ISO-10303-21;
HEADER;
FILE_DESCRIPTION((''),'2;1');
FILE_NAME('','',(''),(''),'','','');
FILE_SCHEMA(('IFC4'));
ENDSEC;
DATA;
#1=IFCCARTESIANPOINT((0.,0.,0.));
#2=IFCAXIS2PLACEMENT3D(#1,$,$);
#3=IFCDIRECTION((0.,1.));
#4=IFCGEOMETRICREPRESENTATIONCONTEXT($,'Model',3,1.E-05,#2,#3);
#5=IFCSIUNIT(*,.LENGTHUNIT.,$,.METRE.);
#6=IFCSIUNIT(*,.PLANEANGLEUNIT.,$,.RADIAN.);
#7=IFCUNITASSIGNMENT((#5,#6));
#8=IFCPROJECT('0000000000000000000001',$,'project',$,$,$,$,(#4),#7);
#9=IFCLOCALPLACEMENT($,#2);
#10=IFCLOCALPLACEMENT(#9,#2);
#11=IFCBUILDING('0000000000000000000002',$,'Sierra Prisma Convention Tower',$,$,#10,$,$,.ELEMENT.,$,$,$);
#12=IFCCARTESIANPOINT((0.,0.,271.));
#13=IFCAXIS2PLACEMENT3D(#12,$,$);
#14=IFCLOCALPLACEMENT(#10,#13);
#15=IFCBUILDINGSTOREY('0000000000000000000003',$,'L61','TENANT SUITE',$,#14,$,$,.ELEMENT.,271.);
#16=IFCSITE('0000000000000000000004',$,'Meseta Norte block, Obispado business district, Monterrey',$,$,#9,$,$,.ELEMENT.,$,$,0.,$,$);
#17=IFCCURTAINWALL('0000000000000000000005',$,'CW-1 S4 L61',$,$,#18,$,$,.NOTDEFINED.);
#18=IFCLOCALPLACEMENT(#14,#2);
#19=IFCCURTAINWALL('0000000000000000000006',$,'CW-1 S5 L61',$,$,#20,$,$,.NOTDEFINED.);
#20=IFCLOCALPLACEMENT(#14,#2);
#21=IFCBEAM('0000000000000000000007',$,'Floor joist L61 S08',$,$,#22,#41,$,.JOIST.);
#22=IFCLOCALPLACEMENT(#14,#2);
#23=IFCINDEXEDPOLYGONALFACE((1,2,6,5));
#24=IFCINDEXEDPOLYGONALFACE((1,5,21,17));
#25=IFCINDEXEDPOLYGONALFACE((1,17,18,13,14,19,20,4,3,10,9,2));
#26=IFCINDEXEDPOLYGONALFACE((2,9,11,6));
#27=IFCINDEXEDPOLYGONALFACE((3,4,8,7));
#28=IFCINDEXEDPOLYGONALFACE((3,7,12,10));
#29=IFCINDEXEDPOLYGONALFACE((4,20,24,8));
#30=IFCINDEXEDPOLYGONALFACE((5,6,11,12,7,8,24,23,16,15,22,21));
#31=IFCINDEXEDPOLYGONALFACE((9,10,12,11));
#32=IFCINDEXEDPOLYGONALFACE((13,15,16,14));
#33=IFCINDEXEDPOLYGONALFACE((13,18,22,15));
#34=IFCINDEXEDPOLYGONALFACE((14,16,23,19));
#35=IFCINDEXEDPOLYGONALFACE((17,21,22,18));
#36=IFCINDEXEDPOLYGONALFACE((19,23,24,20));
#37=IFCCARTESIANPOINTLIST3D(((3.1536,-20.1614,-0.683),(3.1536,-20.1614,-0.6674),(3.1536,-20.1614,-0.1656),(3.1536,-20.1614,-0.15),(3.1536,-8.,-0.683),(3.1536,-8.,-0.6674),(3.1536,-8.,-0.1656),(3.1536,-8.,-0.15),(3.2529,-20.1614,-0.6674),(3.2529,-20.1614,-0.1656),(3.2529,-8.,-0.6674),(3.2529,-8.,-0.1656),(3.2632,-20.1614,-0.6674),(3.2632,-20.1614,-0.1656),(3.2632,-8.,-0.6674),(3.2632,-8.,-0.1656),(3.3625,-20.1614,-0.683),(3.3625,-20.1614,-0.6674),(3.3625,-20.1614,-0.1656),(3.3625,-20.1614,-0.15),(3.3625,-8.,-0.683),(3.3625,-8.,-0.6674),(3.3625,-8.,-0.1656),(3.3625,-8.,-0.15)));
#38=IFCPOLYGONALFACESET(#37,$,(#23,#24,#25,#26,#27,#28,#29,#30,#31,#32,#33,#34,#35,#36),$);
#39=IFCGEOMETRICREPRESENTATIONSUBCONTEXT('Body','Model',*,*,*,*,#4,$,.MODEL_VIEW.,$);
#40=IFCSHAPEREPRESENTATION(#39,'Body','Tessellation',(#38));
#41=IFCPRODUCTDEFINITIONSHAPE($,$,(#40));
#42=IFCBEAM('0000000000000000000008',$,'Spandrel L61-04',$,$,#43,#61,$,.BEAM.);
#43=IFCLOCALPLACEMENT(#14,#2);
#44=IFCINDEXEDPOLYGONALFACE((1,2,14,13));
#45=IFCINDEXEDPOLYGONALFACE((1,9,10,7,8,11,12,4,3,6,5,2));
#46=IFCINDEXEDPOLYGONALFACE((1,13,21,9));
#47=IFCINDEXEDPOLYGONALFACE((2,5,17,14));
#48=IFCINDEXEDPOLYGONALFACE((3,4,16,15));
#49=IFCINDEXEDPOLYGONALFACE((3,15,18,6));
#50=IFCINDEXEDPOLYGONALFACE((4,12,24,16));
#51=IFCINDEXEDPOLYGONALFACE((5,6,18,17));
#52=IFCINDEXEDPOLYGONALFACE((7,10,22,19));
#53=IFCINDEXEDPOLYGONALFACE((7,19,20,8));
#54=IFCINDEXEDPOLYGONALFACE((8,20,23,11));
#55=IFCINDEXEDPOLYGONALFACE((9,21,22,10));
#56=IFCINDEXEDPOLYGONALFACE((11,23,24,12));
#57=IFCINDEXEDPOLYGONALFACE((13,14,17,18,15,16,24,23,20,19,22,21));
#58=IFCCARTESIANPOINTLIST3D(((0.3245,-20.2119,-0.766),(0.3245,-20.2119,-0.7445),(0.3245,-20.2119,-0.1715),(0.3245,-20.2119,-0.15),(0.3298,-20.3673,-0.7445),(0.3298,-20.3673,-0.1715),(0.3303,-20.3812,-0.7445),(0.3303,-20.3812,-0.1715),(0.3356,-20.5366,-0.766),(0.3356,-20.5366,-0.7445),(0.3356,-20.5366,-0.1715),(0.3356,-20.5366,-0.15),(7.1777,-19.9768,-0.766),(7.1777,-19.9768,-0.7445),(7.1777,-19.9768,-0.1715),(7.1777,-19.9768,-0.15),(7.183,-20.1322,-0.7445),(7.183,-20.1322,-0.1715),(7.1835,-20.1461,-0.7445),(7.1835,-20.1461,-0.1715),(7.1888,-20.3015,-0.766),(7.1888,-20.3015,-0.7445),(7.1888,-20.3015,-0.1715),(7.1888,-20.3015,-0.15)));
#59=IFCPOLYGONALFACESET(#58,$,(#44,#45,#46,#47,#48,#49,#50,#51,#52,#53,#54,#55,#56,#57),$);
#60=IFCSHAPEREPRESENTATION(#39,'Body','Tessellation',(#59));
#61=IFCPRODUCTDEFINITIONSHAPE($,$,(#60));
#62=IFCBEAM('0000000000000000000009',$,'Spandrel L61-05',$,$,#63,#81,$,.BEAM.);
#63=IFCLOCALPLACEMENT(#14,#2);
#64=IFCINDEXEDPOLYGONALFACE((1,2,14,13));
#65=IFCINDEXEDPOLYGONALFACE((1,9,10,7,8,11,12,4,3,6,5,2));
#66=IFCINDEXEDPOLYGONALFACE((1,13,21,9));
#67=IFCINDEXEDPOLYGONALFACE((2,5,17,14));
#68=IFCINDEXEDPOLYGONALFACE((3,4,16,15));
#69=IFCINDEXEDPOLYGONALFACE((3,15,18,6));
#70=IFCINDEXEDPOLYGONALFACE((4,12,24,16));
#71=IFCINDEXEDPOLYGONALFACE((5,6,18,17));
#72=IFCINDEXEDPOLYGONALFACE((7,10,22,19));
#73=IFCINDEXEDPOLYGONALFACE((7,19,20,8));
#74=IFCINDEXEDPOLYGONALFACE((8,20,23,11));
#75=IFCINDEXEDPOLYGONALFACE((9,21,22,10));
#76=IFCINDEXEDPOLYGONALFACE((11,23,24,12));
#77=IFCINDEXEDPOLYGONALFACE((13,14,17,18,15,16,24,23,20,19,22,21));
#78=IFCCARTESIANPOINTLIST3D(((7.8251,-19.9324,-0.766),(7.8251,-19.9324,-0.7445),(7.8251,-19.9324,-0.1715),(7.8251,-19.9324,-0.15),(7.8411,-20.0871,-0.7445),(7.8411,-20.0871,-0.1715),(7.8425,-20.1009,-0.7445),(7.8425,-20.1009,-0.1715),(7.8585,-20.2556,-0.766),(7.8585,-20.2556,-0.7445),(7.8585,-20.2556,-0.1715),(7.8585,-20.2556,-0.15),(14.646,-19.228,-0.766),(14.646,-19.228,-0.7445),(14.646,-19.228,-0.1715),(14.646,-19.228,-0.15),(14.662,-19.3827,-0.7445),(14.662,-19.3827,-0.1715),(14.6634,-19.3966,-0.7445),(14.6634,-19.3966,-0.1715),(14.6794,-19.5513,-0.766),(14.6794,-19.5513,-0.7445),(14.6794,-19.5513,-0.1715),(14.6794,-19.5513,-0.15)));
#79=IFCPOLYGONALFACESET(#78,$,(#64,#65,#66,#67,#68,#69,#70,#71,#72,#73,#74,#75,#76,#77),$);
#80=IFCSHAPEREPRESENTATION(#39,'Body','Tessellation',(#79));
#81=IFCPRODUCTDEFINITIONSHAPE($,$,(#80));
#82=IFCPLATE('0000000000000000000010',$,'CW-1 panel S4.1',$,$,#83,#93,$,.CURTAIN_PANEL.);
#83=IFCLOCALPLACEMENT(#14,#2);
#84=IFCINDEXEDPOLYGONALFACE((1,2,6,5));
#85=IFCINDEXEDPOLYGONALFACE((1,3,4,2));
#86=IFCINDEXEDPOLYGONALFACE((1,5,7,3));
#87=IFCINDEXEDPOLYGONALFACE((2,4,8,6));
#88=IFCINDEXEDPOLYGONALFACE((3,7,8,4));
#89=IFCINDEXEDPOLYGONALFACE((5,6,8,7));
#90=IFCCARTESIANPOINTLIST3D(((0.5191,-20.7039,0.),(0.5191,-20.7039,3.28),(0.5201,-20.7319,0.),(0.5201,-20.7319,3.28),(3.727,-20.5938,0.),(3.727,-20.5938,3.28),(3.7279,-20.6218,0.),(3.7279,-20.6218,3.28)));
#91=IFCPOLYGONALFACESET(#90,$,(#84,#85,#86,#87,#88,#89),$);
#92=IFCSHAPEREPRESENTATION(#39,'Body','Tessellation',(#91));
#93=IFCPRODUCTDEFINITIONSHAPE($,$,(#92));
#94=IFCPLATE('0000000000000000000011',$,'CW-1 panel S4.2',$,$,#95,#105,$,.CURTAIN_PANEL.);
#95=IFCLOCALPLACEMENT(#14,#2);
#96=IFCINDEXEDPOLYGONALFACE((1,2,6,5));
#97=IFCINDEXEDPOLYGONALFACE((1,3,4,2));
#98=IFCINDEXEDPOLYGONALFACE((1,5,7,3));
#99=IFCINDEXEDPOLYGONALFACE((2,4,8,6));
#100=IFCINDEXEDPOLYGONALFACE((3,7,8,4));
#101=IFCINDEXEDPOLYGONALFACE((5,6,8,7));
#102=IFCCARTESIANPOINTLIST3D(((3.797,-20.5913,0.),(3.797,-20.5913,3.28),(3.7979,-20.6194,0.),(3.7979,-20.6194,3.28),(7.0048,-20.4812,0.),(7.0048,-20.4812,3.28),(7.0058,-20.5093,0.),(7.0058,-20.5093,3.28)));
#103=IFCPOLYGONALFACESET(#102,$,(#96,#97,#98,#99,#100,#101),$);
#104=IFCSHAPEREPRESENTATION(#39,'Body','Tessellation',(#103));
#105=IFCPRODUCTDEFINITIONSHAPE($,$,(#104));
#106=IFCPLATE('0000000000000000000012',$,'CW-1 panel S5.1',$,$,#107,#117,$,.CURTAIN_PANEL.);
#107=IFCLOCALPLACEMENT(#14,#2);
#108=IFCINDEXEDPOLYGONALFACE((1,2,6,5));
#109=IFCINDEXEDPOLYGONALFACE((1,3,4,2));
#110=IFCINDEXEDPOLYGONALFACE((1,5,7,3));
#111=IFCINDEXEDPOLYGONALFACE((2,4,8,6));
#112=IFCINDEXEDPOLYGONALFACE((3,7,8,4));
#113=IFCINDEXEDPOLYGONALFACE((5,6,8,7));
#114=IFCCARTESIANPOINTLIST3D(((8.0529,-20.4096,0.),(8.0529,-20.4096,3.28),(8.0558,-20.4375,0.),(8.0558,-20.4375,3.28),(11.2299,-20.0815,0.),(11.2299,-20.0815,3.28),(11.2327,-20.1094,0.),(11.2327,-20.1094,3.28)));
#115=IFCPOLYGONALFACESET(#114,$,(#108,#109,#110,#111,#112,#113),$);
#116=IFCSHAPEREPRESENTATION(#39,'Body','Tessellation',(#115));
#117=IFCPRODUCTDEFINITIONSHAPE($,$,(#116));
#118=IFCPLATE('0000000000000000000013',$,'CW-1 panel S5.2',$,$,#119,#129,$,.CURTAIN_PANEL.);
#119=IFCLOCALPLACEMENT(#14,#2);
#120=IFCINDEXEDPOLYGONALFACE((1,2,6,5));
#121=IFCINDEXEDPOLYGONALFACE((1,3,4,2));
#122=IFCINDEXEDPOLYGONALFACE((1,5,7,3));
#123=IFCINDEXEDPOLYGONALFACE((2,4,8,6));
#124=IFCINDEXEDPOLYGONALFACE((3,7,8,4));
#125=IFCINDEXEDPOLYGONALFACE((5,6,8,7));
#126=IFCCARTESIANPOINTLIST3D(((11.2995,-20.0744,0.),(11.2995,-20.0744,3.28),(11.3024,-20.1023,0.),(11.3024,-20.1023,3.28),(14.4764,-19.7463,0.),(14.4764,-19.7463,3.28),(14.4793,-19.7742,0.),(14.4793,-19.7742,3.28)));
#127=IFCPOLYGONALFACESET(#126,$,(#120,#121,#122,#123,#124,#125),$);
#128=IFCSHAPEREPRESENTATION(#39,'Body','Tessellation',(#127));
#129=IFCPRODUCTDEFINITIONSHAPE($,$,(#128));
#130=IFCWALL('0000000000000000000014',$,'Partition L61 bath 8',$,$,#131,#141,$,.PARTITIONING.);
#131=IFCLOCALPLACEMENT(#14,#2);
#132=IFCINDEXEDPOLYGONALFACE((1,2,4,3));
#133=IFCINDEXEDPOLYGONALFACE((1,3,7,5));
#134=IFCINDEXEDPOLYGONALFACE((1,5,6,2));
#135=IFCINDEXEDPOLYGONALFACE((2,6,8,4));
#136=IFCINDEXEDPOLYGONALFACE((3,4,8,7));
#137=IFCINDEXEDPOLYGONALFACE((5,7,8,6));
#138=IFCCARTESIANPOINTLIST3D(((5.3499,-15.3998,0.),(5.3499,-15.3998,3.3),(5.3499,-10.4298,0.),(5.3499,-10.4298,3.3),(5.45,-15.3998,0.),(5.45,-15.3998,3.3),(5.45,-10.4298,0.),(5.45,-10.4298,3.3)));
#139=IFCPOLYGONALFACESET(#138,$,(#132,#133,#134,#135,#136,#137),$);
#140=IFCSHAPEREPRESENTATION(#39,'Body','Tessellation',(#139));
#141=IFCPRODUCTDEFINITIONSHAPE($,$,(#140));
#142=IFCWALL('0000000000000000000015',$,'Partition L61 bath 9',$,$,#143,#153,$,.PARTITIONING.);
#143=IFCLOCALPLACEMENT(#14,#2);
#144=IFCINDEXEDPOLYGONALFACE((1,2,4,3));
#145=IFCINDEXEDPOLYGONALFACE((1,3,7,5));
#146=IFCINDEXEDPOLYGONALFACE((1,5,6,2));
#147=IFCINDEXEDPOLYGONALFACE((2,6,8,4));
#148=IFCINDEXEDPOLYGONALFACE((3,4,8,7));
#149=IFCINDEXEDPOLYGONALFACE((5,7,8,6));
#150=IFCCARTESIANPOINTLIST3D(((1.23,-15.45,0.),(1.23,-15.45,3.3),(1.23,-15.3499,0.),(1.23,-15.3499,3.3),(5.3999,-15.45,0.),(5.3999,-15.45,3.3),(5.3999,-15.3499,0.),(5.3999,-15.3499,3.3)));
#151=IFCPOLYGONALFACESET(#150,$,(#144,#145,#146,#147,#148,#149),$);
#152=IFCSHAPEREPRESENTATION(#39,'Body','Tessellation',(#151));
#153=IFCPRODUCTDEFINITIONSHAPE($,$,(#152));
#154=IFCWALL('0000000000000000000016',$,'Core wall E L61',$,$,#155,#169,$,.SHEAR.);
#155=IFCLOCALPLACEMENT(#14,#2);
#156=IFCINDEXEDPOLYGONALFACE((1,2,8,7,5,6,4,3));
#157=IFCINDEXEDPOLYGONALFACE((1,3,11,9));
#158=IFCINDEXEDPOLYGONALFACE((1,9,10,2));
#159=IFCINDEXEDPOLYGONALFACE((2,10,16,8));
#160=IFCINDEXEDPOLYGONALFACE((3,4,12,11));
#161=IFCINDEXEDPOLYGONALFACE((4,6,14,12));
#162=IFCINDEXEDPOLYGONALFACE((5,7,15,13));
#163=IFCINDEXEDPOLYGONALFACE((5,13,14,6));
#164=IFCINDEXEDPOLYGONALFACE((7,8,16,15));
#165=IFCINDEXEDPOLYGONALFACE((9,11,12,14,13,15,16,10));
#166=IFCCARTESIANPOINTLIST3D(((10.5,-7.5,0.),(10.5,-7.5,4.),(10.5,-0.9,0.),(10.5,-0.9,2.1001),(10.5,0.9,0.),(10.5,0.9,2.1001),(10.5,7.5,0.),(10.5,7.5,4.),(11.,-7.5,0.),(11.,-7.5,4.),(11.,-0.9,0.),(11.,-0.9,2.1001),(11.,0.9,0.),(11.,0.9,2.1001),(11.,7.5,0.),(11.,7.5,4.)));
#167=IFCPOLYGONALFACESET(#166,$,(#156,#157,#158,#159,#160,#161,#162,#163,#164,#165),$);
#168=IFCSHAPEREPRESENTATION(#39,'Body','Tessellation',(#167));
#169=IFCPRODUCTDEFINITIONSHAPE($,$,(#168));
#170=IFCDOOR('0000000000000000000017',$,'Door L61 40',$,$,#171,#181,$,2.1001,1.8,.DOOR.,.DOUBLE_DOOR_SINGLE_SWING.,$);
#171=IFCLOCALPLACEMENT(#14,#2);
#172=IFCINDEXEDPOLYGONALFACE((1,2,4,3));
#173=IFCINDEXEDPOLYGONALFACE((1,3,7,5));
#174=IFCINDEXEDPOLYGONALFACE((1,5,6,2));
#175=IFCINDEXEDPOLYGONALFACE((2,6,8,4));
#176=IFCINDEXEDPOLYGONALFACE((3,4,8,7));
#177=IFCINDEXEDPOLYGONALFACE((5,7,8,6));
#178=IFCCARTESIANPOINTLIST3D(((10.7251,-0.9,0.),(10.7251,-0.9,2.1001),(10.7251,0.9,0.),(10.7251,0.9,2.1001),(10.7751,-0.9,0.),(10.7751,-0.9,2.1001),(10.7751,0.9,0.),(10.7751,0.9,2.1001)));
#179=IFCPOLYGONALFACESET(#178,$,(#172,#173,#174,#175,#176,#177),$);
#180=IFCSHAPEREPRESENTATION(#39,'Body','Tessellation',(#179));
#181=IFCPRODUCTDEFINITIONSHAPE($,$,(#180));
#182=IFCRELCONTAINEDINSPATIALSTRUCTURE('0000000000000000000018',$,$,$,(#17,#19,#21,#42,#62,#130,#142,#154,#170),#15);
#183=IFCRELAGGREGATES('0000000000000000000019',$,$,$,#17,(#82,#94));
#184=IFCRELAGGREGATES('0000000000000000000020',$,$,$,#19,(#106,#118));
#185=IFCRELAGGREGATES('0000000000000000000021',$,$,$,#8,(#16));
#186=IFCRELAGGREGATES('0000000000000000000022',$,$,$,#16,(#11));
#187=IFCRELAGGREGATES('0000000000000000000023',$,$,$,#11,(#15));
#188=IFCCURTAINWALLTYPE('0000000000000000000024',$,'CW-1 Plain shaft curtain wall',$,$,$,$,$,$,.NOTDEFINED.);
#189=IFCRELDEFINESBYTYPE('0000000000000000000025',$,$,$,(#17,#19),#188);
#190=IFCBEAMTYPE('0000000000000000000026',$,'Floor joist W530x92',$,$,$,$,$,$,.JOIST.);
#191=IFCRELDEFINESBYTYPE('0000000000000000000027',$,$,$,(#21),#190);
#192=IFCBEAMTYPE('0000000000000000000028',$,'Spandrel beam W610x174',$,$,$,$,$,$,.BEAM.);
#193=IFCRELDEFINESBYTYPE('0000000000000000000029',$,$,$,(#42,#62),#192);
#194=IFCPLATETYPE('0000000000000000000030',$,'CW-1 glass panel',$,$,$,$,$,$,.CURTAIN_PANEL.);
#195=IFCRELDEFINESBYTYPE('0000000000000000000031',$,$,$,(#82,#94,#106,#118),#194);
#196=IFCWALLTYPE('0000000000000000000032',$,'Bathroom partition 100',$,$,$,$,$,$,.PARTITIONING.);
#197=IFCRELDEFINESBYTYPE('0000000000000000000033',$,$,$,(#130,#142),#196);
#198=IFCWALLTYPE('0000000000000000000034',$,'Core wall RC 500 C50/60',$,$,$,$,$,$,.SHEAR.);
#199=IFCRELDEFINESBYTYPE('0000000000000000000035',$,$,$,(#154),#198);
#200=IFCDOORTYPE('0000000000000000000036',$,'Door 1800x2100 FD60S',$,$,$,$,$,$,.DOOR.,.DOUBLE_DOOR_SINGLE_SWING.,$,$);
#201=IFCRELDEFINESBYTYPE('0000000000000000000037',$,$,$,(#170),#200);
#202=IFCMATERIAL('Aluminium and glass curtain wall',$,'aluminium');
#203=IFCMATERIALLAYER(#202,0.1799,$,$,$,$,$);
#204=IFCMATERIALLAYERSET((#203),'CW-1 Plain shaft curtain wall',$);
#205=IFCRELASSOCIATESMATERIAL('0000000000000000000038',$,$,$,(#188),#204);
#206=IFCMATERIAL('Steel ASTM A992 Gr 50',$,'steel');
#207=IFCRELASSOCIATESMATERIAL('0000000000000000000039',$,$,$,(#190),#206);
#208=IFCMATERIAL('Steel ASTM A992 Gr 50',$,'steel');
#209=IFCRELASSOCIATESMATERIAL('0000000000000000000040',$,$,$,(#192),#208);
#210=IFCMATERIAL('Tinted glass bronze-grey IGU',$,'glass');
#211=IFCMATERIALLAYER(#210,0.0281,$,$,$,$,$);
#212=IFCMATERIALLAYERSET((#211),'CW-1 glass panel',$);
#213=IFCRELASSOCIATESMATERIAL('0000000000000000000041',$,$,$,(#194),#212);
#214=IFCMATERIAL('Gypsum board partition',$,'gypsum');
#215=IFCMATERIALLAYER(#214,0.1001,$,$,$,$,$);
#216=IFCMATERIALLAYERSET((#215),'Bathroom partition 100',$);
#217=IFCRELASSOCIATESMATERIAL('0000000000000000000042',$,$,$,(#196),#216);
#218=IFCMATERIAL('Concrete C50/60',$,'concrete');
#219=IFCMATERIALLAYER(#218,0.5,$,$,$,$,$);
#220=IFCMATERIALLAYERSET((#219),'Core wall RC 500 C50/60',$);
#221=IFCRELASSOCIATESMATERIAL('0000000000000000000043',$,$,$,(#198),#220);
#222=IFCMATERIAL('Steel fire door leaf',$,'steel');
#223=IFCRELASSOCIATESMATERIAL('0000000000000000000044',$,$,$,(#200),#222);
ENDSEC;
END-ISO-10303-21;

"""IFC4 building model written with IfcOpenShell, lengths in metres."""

from ifc_helpers import new_model, si_unit, direction, frame, frame_2d, origin, origin_2d, place, context, subcontext, project, spatial, rectangle, i_section, extrude, material, layer, layer_set, material_profile, profile_set, type_object, element, fill, aggregate, save


model = new_model("IFC4")

# Units and contexts
model_context = context("Model", 3, precision=1e-05, world=origin(), true_north=direction((0.0, 1.0)))
body_context = subcontext(model_context, "Body", "Model", "MODEL_VIEW")
ifc_project = project(units=[si_unit("LENGTHUNIT", "METRE"), si_unit("PLANEANGLEUNIT", "RADIAN")], contexts=[model_context])

# Site, building, storey
site_placement = place(None, origin())
site = spatial("IfcSite", under=ifc_project, at=site_placement, Name="Meseta Norte block, Obispado business district, Monterrey", CompositionType="ELEMENT", RefElevation=0.0)
building_placement = place(site_placement, origin())
building = spatial("IfcBuilding", under=site, at=building_placement, Name="Sierra Prisma Convention Tower", CompositionType="ELEMENT")
storey_placement = place(building_placement, frame((0.0, 0.0, 271.0)))
storey = spatial("IfcBuildingStorey", under=building, at=storey_placement, Name="L61", Description="TENANT SUITE", CompositionType="ELEMENT", Elevation=271.0)

# Curtain wall
ifc_material_1 = material(Name="Aluminium and glass curtain wall", Category="aluminium")
ifc_layer_1 = layer(ifc_material_1, 0.1799)
ifc_layer_set_1 = layer_set([ifc_layer_1], Name="CW-1 Plain shaft curtain wall")
curtain_wall_type = type_object("IfcCurtainWallType", Name="CW-1 Plain shaft curtain wall", PredefinedType="NOTDEFINED", material=ifc_layer_set_1)
curtain_wall_1_placement = place(storey_placement, origin())
curtain_wall_1 = element("IfcCurtainWall", 1, at=curtain_wall_1_placement, inside=storey, type_object=curtain_wall_type, Name="CW-1 S4 L61", PredefinedType="NOTDEFINED")

# Curtain wall
curtain_wall_2_placement = place(storey_placement, origin())
curtain_wall_2 = element("IfcCurtainWall", 2, at=curtain_wall_2_placement, inside=storey, type_object=curtain_wall_type, Name="CW-1 S5 L61", PredefinedType="NOTDEFINED")

# Beams
ifc_material_2 = material(Name="Steel ASTM A992 Gr 50", Category="steel")
ifc_material_profile_1 = material_profile(ifc_material_2, i_section(OverallWidth=0.209, OverallDepth=0.533, WebThickness=0.0103, FlangeThickness=0.0156, at=origin_2d()), Name="W530x92")
ifc_profile_set_1 = profile_set([ifc_material_profile_1], Name="Steel ASTM A992 Gr 50")
beam_type_1 = type_object("IfcBeamType", Name="Floor joist W530x92", PredefinedType="JOIST", material=ifc_profile_set_1)
beam_1_placement = place(storey_placement, frame((3.2581, -20.1614, -0.4165), z_axis=(0.0, 1.0, 0.0), x_axis=(-1.0, 0.0, 0.0)))
element("IfcBeam", 3, at=beam_1_placement, inside=storey, type_object=beam_type_1, Name="Floor joist L61 S08", PredefinedType="JOIST", context=body_context, shape_type="SweptSolid", body=[
    extrude(i_section(OverallWidth=0.209, OverallDepth=0.533, WebThickness=0.0103, FlangeThickness=0.0156, at=origin_2d()), origin(), (0.0, 0.0, 1.0), 12.1614),
])
ifc_material_3 = material(Name="Steel ASTM A992 Gr 50", Category="steel")
ifc_material_profile_2 = material_profile(ifc_material_3, i_section(OverallWidth=0.325, OverallDepth=0.616, WebThickness=0.0139, FlangeThickness=0.0215, at=origin_2d()), Name="W610x174")
ifc_profile_set_2 = profile_set([ifc_material_profile_2], Name="Steel ASTM A992 Gr 50")
beam_type_2 = type_object("IfcBeamType", Name="Spandrel beam W610x174", PredefinedType="BEAM", material=ifc_profile_set_2)
for number, where, z_axis, x_axis, name in (
    (4, (0.3301, -20.3743, -0.458), (0.999412, 0.034287, 0.0), (-0.034287, 0.999412, 0.0), "Spandrel L61-04"),
    (5, (7.8418, -20.094, -0.458), (0.994711, 0.102718, 0.0), (-0.102718, 0.994711, 0.0), "Spandrel L61-05"),
):
    element("IfcBeam", number, at=place(storey_placement, frame(where, z_axis=z_axis, x_axis=x_axis)), inside=storey, type_object=beam_type_2, Name=name, PredefinedType="BEAM", context=body_context, shape_type="SweptSolid", body=[
        extrude(i_section(OverallWidth=0.325, OverallDepth=0.616, WebThickness=0.0139, FlangeThickness=0.0215, at=origin_2d()), origin(), (0.0, 0.0, 1.0), 6.8572),
    ])

# Plates
ifc_material_4 = material(Name="Tinted glass bronze-grey IGU", Category="glass")
ifc_layer_2 = layer(ifc_material_4, 0.0281)
ifc_layer_set_2 = layer_set([ifc_layer_2], Name="CW-1 glass panel")
plate_type = type_object("IfcPlateType", Name="CW-1 glass panel", PredefinedType="CURTAIN_PANEL", material=ifc_layer_set_2)
plate_1_placement = place(storey_placement, frame((2.1235, -20.6628, 0.0), z_axis=(0.0, 0.0, 1.0), x_axis=(0.999412, 0.034298, 0.0)))
plate_1 = element("IfcPlate", 6, at=plate_1_placement, type_object=plate_type, Name="CW-1 panel S4.1", PredefinedType="CURTAIN_PANEL", context=body_context, shape_type="SweptSolid", body=[
    extrude(rectangle(XDim=3.2097, YDim=0.0281, at=origin_2d()), origin(), (0.0, 0.0, 1.0), 3.28),
])
plate_2_placement = place(storey_placement, frame((5.4014, -20.5503, 0.0), z_axis=(0.0, 0.0, 1.0), x_axis=(0.999412, 0.034298, 0.0)))
plate_2 = element("IfcPlate", 7, at=plate_2_placement, type_object=plate_type, Name="CW-1 panel S4.2", PredefinedType="CURTAIN_PANEL", context=body_context, shape_type="SweptSolid", body=[
    extrude(rectangle(XDim=3.2097, YDim=0.0281, at=origin_2d()), origin(), (0.0, 0.0, 1.0), 3.28),
])
aggregate(curtain_wall_1, [plate_1, plate_2])
plate_3_placement = place(storey_placement, frame((9.6428, -20.2595, 0.0), z_axis=(0.0, 0.0, 1.0), x_axis=(0.994709, 0.102732, 0.0)))
plate_3 = element("IfcPlate", 8, at=plate_3_placement, type_object=plate_type, Name="CW-1 panel S5.1", PredefinedType="CURTAIN_PANEL", context=body_context, shape_type="SweptSolid", body=[
    extrude(rectangle(XDim=3.1938, YDim=0.0281, at=origin_2d()), origin(), (0.0, 0.0, 1.0), 3.28),
])
plate_4_placement = place(storey_placement, frame((12.8894, -19.9243, 0.0), z_axis=(0.0, 0.0, 1.0), x_axis=(0.994709, 0.102732, 0.0)))
plate_4 = element("IfcPlate", 9, at=plate_4_placement, type_object=plate_type, Name="CW-1 panel S5.2", PredefinedType="CURTAIN_PANEL", context=body_context, shape_type="SweptSolid", body=[
    extrude(rectangle(XDim=3.1938, YDim=0.0281, at=origin_2d()), origin(), (0.0, 0.0, 1.0), 3.28),
])
aggregate(curtain_wall_2, [plate_3, plate_4])

# Walls
ifc_material_5 = material(Name="Gypsum board partition", Category="gypsum")
ifc_layer_3 = layer(ifc_material_5, 0.1001)
ifc_layer_set_3 = layer_set([ifc_layer_3], Name="Bathroom partition 100")
wall_type_1 = type_object("IfcWallType", Name="Bathroom partition 100", PredefinedType="PARTITIONING", material=ifc_layer_set_3)
wall_1_placement = place(storey_placement, frame((5.3999, -10.4299, 0.0), z_axis=(0.0, 0.0, 1.0), x_axis=(0.0, -1.0, 0.0)))
element("IfcWall", 10, at=wall_1_placement, inside=storey, type_object=wall_type_1, Name="Partition L61 bath 8", PredefinedType="PARTITIONING", context=body_context, shape_type="SweptSolid", body=[
    extrude(rectangle(XDim=4.97, YDim=0.1001, at=frame_2d((2.4849, 0.0))), origin(), (0.0, 0.0, 1.0), 3.3),
])
wall_2_placement = place(storey_placement, frame((5.3999, -15.3999, 0.0), z_axis=(0.0, 0.0, 1.0), x_axis=(-1.0, 0.0, 0.0)))
element("IfcWall", 11, at=wall_2_placement, inside=storey, type_object=wall_type_1, Name="Partition L61 bath 9", PredefinedType="PARTITIONING", context=body_context, shape_type="SweptSolid", body=[
    extrude(rectangle(XDim=4.1699, YDim=0.1001, at=frame_2d((2.085, 0.0))), origin(), (0.0, 0.0, 1.0), 3.3),
])

# Wall, opening, door
ifc_material_6 = material(Name="Concrete C50/60", Category="concrete")
ifc_layer_4 = layer(ifc_material_6, 0.5)
ifc_layer_set_4 = layer_set([ifc_layer_4], Name="Core wall RC 500 C50/60")
wall_type_2 = type_object("IfcWallType", Name="Core wall RC 500 C50/60", PredefinedType="SHEAR", material=ifc_layer_set_4)
wall_3_placement = place(storey_placement, frame((10.75, -7.5, 0.0), z_axis=(0.0, 0.0, 1.0), x_axis=(0.0, 1.0, 0.0)))
wall_3 = element("IfcWall", 12, at=wall_3_placement, inside=storey, type_object=wall_type_2, Name="Core wall E L61", PredefinedType="SHEAR", context=body_context, shape_type="SweptSolid", body=[
    extrude(rectangle(XDim=15.0, YDim=0.5, at=frame_2d((7.5, 0.0))), origin(), (0.0, 0.0, 1.0), 4.0),
])
opening_1_placement = place(wall_3_placement, frame((6.6001, 0.0, 0.0)))
opening_1 = element("IfcOpeningElement", 13, at=opening_1_placement, cuts=wall_3, PredefinedType="OPENING", context=body_context, shape_type="SweptSolid", body=[
    extrude(rectangle(XDim=1.8, YDim=2.1001, at=frame_2d((0.8999, 1.05))), frame((0.0, 0.25, 0.0), z_axis=(0.0, -1.0, 0.0), x_axis=(1.0, 0.0, 0.0)), (0.0, 0.0, 1.0), 0.5),
])
ifc_material_7 = material(Name="Steel fire door leaf", Category="steel")
door_type_1 = type_object("IfcDoorType", Name="Door 1800x2100 FD60S", OperationType="DOUBLE_DOOR_SINGLE_SWING", PredefinedType="DOOR", material=ifc_material_7)
door_1_placement = place(opening_1_placement, origin())
door_1 = element("IfcDoor", 14, at=door_1_placement, inside=storey, type_object=door_type_1, Name="Door L61 40", OperationType="DOUBLE_DOOR_SINGLE_SWING", OverallHeight=2.1001, OverallWidth=1.8, PredefinedType="DOOR", context=body_context, shape_type="SweptSolid", body=[
    extrude(rectangle(XDim=1.8, YDim=2.1001, at=frame_2d((0.8999, 1.05))), frame((0.0, 0.0249, 0.0), z_axis=(0.0, -1.0, 0.0), x_axis=(1.0, 0.0, 0.0)), (0.0, 0.0, 1.0), 0.05),
])
fill(opening_1, door_1)

save(model, "model.ifc")
